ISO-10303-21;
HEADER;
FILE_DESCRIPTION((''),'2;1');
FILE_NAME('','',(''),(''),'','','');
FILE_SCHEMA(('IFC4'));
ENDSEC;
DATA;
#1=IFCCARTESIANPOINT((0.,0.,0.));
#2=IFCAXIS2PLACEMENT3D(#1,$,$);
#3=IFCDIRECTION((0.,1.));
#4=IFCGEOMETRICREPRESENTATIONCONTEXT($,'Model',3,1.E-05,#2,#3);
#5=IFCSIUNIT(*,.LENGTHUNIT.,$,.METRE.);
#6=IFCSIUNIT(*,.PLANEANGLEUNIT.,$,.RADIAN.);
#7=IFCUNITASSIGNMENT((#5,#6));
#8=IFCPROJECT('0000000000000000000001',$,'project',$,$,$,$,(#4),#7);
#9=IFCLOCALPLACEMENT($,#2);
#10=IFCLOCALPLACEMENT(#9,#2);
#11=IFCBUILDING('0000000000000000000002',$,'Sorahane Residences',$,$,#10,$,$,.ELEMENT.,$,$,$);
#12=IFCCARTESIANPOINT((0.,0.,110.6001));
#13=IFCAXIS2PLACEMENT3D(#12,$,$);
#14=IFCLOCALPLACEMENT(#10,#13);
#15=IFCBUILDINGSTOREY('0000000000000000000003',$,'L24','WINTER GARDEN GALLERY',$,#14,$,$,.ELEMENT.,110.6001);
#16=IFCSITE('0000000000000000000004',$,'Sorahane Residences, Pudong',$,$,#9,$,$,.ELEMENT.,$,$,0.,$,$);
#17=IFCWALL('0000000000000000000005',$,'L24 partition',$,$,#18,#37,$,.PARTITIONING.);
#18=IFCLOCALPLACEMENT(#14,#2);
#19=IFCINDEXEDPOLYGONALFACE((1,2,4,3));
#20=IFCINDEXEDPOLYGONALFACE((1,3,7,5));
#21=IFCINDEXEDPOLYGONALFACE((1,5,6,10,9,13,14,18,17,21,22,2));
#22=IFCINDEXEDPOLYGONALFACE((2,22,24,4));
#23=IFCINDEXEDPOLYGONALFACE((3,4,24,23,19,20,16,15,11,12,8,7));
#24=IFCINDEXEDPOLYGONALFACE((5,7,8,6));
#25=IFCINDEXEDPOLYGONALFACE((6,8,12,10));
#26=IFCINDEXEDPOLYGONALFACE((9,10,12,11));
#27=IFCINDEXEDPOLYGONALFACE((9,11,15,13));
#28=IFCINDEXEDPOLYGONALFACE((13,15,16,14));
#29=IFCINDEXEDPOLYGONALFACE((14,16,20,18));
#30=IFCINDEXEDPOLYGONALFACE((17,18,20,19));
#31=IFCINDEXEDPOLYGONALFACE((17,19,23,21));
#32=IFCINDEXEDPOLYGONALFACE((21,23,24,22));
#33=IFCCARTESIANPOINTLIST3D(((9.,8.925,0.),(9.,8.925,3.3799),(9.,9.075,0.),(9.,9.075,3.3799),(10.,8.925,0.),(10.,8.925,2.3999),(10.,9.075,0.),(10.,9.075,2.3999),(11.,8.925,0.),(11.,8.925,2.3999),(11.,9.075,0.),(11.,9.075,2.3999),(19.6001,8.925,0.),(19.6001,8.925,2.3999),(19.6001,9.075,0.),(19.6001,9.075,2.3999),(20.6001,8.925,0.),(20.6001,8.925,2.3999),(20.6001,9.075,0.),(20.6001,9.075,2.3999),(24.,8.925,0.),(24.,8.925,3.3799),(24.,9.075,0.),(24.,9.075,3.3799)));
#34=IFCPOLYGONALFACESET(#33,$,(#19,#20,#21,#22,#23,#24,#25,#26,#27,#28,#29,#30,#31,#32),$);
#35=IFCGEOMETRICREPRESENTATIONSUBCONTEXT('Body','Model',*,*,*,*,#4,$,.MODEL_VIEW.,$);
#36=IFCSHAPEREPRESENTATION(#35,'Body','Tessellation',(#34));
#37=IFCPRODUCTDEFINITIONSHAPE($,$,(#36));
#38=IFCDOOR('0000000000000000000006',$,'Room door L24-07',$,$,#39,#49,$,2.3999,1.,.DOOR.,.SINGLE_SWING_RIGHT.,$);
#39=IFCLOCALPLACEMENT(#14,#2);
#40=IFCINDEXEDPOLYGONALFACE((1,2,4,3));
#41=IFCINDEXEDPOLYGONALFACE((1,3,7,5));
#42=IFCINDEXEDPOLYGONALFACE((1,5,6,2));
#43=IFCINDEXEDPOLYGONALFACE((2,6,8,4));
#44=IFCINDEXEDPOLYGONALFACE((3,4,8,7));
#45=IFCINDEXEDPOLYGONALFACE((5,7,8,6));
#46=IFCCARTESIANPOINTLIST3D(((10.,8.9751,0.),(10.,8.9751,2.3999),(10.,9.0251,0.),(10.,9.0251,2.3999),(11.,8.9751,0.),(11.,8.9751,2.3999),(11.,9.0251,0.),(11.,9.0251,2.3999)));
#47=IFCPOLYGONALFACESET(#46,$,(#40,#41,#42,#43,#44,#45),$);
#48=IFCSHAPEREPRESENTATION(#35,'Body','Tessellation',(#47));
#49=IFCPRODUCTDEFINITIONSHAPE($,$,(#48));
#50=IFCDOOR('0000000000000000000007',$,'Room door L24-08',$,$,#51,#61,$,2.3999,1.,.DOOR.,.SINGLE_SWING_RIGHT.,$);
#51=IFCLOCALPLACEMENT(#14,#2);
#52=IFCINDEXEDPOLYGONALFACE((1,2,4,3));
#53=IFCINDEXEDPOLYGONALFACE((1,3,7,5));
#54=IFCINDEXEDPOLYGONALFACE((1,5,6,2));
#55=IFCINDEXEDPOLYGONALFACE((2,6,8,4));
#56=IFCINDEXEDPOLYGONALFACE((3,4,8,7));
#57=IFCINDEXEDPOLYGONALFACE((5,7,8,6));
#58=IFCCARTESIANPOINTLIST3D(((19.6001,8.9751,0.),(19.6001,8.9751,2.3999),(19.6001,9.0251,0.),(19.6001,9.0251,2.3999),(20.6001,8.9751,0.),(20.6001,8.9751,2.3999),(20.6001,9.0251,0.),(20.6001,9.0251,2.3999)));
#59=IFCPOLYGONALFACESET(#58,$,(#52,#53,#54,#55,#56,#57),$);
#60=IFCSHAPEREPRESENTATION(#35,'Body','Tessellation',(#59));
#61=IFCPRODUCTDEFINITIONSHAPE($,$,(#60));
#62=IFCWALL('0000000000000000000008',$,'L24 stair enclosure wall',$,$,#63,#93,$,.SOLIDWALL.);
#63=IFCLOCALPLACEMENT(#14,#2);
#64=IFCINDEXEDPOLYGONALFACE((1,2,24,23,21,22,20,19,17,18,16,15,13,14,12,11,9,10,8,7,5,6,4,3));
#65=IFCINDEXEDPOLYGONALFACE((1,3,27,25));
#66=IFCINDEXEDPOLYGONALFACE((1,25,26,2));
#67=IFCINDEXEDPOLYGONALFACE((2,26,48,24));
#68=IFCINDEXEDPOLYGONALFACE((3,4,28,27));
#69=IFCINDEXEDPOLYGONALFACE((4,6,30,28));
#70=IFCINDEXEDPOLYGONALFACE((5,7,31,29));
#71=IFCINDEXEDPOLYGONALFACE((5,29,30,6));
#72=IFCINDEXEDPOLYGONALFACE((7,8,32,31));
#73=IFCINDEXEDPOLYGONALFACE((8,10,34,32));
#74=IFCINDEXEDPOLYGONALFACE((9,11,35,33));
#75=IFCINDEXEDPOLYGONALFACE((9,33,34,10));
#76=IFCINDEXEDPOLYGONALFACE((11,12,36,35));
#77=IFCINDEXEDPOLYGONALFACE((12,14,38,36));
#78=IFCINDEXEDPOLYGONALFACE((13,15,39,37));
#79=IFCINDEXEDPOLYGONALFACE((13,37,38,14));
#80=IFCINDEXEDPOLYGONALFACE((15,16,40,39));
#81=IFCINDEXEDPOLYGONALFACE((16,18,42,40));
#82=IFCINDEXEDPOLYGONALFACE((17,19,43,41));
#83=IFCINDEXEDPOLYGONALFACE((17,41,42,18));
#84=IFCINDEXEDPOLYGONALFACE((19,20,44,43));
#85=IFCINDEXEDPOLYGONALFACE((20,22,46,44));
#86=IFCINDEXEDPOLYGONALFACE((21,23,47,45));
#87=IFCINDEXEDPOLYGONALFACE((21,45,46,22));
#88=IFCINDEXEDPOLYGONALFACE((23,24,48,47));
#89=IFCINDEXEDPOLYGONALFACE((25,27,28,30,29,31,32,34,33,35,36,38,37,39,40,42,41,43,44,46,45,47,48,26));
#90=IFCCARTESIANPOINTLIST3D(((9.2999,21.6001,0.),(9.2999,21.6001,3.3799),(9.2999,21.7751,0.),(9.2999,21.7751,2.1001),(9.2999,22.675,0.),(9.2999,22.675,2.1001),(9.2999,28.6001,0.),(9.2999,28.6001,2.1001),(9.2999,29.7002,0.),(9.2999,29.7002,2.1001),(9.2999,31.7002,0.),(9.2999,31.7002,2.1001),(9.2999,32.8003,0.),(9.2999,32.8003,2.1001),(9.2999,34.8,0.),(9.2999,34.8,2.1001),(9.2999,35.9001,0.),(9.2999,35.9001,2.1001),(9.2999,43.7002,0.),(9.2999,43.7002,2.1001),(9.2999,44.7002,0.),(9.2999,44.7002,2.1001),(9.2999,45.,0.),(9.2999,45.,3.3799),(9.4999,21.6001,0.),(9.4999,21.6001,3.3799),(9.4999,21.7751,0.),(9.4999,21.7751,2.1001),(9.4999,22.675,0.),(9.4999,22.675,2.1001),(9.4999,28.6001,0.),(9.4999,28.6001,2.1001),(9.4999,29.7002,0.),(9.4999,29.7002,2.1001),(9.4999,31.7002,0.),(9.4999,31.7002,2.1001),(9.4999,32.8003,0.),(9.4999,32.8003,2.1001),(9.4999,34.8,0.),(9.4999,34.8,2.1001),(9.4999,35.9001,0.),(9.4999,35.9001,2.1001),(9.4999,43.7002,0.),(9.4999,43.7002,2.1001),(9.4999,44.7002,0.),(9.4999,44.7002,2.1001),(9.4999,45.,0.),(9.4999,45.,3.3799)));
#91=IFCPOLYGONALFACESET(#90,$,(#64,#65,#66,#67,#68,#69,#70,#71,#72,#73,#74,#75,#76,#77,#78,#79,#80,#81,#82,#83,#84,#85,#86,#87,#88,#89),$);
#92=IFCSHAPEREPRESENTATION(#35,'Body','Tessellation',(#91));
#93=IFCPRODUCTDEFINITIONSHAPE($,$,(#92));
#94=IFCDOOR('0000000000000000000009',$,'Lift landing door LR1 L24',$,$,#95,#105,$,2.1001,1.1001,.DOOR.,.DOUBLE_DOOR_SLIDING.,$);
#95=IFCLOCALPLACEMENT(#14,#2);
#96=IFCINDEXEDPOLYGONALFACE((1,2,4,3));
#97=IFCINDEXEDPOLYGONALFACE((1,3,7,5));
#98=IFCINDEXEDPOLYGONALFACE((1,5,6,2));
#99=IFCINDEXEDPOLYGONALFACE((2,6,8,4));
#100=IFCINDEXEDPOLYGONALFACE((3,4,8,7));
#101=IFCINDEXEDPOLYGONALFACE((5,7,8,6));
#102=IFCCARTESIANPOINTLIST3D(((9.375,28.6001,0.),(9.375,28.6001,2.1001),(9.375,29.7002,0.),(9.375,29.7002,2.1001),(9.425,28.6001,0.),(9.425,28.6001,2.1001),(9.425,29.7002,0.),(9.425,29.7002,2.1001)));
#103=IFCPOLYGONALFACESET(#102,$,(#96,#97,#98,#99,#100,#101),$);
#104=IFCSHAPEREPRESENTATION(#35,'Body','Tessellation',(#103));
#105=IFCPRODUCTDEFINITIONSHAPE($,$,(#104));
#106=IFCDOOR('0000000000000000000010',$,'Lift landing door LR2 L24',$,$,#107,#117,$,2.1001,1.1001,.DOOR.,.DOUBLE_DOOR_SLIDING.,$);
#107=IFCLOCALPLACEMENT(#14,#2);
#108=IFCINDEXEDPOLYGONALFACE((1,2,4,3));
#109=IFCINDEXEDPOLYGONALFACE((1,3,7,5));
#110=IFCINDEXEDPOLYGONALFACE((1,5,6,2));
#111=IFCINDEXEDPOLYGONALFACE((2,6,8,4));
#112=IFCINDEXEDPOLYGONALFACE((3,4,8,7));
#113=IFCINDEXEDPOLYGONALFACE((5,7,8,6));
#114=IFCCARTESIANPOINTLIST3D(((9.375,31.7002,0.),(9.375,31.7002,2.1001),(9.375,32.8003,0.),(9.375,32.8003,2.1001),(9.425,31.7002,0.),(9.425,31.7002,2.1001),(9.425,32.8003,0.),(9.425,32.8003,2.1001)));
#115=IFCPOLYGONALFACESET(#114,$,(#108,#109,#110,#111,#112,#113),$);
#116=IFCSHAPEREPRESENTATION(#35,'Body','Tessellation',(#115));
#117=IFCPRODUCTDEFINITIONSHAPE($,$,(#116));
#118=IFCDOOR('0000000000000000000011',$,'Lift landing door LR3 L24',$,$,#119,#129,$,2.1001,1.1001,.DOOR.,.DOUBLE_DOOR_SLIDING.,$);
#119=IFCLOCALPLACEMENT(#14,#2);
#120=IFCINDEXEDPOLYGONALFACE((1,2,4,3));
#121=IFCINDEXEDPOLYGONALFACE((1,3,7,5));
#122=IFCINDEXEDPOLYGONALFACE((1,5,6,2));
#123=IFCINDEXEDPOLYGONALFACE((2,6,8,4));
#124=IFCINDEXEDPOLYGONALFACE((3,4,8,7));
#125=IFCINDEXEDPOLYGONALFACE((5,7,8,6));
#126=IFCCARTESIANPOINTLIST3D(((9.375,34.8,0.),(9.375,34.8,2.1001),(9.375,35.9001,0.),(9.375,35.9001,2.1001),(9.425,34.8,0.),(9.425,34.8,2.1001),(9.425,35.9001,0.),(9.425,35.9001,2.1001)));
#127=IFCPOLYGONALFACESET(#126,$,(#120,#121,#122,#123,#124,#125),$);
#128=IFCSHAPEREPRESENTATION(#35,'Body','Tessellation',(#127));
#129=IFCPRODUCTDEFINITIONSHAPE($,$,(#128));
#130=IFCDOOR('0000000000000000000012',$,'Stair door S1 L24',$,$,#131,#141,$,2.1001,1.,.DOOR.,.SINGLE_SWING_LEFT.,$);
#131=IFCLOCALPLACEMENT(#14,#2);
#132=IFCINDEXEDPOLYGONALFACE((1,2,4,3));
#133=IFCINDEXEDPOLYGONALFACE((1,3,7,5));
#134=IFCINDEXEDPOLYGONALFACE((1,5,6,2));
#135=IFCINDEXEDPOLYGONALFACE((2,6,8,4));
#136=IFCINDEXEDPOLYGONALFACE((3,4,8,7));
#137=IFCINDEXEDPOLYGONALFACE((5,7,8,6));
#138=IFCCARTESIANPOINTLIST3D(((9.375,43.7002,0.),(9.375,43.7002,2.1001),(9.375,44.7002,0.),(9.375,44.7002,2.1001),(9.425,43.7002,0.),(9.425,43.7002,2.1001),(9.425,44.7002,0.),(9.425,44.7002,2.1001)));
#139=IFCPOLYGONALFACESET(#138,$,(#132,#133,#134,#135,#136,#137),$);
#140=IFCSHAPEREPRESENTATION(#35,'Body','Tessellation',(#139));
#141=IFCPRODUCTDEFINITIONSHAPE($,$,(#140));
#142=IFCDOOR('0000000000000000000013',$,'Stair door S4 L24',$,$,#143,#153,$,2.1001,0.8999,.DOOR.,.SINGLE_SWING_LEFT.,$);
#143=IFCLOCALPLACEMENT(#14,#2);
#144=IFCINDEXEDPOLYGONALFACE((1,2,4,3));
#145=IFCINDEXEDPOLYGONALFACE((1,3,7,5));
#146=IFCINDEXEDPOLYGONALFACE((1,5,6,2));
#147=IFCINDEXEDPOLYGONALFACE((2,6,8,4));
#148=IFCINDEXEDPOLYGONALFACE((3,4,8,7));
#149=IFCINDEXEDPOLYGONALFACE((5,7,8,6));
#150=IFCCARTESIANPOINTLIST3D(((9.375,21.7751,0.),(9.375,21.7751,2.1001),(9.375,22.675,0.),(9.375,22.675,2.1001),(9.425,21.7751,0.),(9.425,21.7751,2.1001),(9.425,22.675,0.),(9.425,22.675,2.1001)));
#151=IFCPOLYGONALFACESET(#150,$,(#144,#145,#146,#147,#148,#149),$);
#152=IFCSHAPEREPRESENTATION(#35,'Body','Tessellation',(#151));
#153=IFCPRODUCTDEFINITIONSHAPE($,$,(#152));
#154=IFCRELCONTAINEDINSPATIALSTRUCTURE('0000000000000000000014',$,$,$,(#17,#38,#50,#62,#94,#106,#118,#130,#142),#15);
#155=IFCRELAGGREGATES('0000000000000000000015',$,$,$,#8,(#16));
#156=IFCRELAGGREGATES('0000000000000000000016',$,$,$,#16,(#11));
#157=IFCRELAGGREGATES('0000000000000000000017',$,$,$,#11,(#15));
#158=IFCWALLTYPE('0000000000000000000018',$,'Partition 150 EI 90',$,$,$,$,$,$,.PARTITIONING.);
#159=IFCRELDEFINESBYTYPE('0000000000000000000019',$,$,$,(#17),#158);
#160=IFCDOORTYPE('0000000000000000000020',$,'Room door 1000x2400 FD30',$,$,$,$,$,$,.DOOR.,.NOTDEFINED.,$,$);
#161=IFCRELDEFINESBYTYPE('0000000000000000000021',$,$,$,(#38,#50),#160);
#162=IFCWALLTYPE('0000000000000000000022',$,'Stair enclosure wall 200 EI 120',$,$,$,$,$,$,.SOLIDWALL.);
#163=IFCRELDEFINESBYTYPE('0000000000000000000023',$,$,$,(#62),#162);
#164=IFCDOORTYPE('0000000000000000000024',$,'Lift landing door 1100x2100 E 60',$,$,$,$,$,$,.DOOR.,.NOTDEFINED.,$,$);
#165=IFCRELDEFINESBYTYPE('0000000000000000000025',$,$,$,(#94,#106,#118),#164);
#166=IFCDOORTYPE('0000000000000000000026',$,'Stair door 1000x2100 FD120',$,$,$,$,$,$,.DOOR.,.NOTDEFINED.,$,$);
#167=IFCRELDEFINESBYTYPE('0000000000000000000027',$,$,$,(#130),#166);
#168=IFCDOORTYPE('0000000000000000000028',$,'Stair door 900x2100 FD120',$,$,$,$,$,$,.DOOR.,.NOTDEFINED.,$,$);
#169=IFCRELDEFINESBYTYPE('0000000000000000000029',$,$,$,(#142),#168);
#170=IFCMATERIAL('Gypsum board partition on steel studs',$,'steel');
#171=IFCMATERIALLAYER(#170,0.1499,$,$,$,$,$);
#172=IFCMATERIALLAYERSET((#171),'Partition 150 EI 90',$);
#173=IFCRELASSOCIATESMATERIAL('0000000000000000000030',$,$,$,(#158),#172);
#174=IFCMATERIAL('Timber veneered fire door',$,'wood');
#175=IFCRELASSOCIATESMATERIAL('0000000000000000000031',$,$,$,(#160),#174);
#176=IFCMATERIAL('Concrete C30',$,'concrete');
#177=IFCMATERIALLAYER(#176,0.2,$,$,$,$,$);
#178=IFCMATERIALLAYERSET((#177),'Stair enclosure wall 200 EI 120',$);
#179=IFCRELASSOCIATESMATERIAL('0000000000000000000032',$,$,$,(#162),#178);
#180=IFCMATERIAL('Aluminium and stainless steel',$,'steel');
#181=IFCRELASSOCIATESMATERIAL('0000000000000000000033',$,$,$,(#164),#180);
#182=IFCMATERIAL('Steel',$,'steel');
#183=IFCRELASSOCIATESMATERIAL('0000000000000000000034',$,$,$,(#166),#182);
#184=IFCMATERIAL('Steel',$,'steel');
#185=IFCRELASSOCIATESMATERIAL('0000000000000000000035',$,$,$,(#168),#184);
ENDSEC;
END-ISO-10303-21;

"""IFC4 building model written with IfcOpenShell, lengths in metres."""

from ifc_helpers import new_model, si_unit, direction, frame, frame_2d, origin, place, context, subcontext, project, spatial, rectangle, extrude, material, layer, layer_set, type_object, element, fill, save


model = new_model("IFC4")

# Units and contexts
model_context = context("Model", 3, precision=1e-05, world=origin(), true_north=direction((0.0, 1.0)))
body_context = subcontext(model_context, "Body", "Model", "MODEL_VIEW")
ifc_project = project(units=[si_unit("LENGTHUNIT", "METRE"), si_unit("PLANEANGLEUNIT", "RADIAN")], contexts=[model_context])

# Site, building, storey
site_placement = place(None, origin())
site = spatial("IfcSite", under=ifc_project, at=site_placement, Name="Sorahane Residences, Pudong", CompositionType="ELEMENT", RefElevation=0.0)
building_placement = place(site_placement, origin())
building = spatial("IfcBuilding", under=site, at=building_placement, Name="Sorahane Residences", CompositionType="ELEMENT")
storey_placement = place(building_placement, frame((0.0, 0.0, 110.6001)))
storey = spatial("IfcBuildingStorey", under=building, at=storey_placement, Name="L24", Description="WINTER GARDEN GALLERY", CompositionType="ELEMENT", Elevation=110.6001)

# Walls, openings, doors
ifc_material_1 = material(Name="Gypsum board partition on steel studs", Category="steel")
ifc_layer_1 = layer(ifc_material_1, 0.1499)
ifc_layer_set_1 = layer_set([ifc_layer_1], Name="Partition 150 EI 90")
wall_type_1 = type_object("IfcWallType", Name="Partition 150 EI 90", PredefinedType="PARTITIONING", material=ifc_layer_set_1)
wall_1_placement = place(storey_placement, frame((9.0, 9.0, 0.0), z_axis=(0.0, 0.0, 1.0), x_axis=(1.0, 0.0, 0.0)))
wall_1 = element("IfcWall", 1, at=wall_1_placement, inside=storey, type_object=wall_type_1, Name="L24 partition", PredefinedType="PARTITIONING", context=body_context, shape_type="SweptSolid", body=[
    extrude(rectangle(XDim=15.0, YDim=0.1499, at=frame_2d((7.5, 0.0))), origin(), (0.0, 0.0, 1.0), 3.3799),
])
opening_1_placement = place(wall_1_placement, frame((1.0, 0.0, 0.0)))
opening_1 = element("IfcOpeningElement", 2, at=opening_1_placement, cuts=wall_1, PredefinedType="OPENING", context=body_context, shape_type="SweptSolid", body=[
    extrude(rectangle(XDim=1.0, YDim=2.3999, at=frame_2d((0.5, 1.2))), frame((0.0, 0.085, 0.0), z_axis=(0.0, -1.0, 0.0), x_axis=(1.0, 0.0, 0.0)), (0.0, 0.0, 1.0), 0.1699),
])
opening_2_placement = place(wall_1_placement, frame((10.6001, 0.0, 0.0)))
opening_2 = element("IfcOpeningElement", 3, at=opening_2_placement, cuts=wall_1, PredefinedType="OPENING", context=body_context, shape_type="SweptSolid", body=[
    extrude(rectangle(XDim=1.0, YDim=2.3999, at=frame_2d((0.5, 1.2))), frame((0.0, 0.085, 0.0), z_axis=(0.0, -1.0, 0.0), x_axis=(1.0, 0.0, 0.0)), (0.0, 0.0, 1.0), 0.1699),
])
ifc_material_2 = material(Name="Timber veneered fire door", Category="wood")
door_type_1 = type_object("IfcDoorType", Name="Room door 1000x2400 FD30", OperationType="NOTDEFINED", PredefinedType="DOOR", material=ifc_material_2)
door_1_placement = place(opening_1_placement, frame((1.0, 0.0, 0.0), z_axis=(0.0, 0.0, 1.0), x_axis=(-1.0, 0.0, 0.0)))
door_1 = element("IfcDoor", 4, at=door_1_placement, inside=storey, type_object=door_type_1, Name="Room door L24-07", OperationType="SINGLE_SWING_RIGHT", OverallHeight=2.3999, OverallWidth=1.0, PredefinedType="DOOR", context=body_context, shape_type="SweptSolid", body=[
    extrude(rectangle(XDim=1.0, YDim=2.3999, at=frame_2d((0.5, 1.2))), frame((0.0, 0.0249, 0.0), z_axis=(0.0, -1.0, 0.0), x_axis=(1.0, 0.0, 0.0)), (0.0, 0.0, 1.0), 0.05),
])
fill(opening_1, door_1)
door_2_placement = place(opening_2_placement, frame((1.0, 0.0, 0.0), z_axis=(0.0, 0.0, 1.0), x_axis=(-1.0, 0.0, 0.0)))
door_2 = element("IfcDoor", 5, at=door_2_placement, inside=storey, type_object=door_type_1, Name="Room door L24-08", OperationType="SINGLE_SWING_RIGHT", OverallHeight=2.3999, OverallWidth=1.0, PredefinedType="DOOR", context=body_context, shape_type="SweptSolid", body=[
    extrude(rectangle(XDim=1.0, YDim=2.3999, at=frame_2d((0.5, 1.2))), frame((0.0, 0.0249, 0.0), z_axis=(0.0, -1.0, 0.0), x_axis=(1.0, 0.0, 0.0)), (0.0, 0.0, 1.0), 0.05),
])
fill(opening_2, door_2)
ifc_material_3 = material(Name="Concrete C30", Category="concrete")
ifc_layer_2 = layer(ifc_material_3, 0.2)
ifc_layer_set_2 = layer_set([ifc_layer_2], Name="Stair enclosure wall 200 EI 120")
wall_type_2 = type_object("IfcWallType", Name="Stair enclosure wall 200 EI 120", PredefinedType="SOLIDWALL", material=ifc_layer_set_2)
wall_2_placement = place(storey_placement, frame((9.3999, 21.6001, 0.0), z_axis=(0.0, 0.0, 1.0), x_axis=(0.0, 1.0, 0.0)))
wall_2 = element("IfcWall", 6, at=wall_2_placement, inside=storey, type_object=wall_type_2, Name="L24 stair enclosure wall", PredefinedType="SOLIDWALL", context=body_context, shape_type="SweptSolid", body=[
    extrude(rectangle(XDim=23.3999, YDim=0.2, at=frame_2d((11.7, 0.0))), origin(), (0.0, 0.0, 1.0), 3.3799),
])
opening_3_placement = place(wall_2_placement, frame((7.0, 0.0, 0.0)))
opening_3 = element("IfcOpeningElement", 7, at=opening_3_placement, cuts=wall_2, PredefinedType="OPENING", context=body_context, shape_type="SweptSolid", body=[
    extrude(rectangle(XDim=1.1001, YDim=2.1001, at=frame_2d((0.55, 1.05))), frame((0.0, 0.1099, 0.0), z_axis=(0.0, -1.0, 0.0), x_axis=(1.0, 0.0, 0.0)), (0.0, 0.0, 1.0), 0.22),
])
opening_4_placement = place(wall_2_placement, frame((10.1001, 0.0, 0.0)))
opening_4 = element("IfcOpeningElement", 8, at=opening_4_placement, cuts=wall_2, PredefinedType="OPENING", context=body_context, shape_type="SweptSolid", body=[
    extrude(rectangle(XDim=1.1001, YDim=2.1001, at=frame_2d((0.55, 1.05))), frame((0.0, 0.1099, 0.0), z_axis=(0.0, -1.0, 0.0), x_axis=(1.0, 0.0, 0.0)), (0.0, 0.0, 1.0), 0.22),
])
opening_5_placement = place(wall_2_placement, frame((13.2, 0.0, 0.0)))
opening_5 = element("IfcOpeningElement", 9, at=opening_5_placement, cuts=wall_2, PredefinedType="OPENING", context=body_context, shape_type="SweptSolid", body=[
    extrude(rectangle(XDim=1.1001, YDim=2.1001, at=frame_2d((0.55, 1.05))), frame((0.0, 0.1099, 0.0), z_axis=(0.0, -1.0, 0.0), x_axis=(1.0, 0.0, 0.0)), (0.0, 0.0, 1.0), 0.22),
])
opening_6_placement = place(wall_2_placement, frame((22.1001, 0.0, 0.0)))
opening_6 = element("IfcOpeningElement", 10, at=opening_6_placement, cuts=wall_2, PredefinedType="OPENING", context=body_context, shape_type="SweptSolid", body=[
    extrude(rectangle(XDim=1.0, YDim=2.1001, at=frame_2d((0.5, 1.05))), frame((0.0, 0.1099, 0.0), z_axis=(0.0, -1.0, 0.0), x_axis=(1.0, 0.0, 0.0)), (0.0, 0.0, 1.0), 0.22),
])
opening_7_placement = place(wall_2_placement, frame((0.175, 0.0, 0.0)))
opening_7 = element("IfcOpeningElement", 11, at=opening_7_placement, cuts=wall_2, PredefinedType="OPENING", context=body_context, shape_type="SweptSolid", body=[
    extrude(rectangle(XDim=0.8999, YDim=2.1001, at=frame_2d((0.45, 1.05))), frame((0.0, 0.1099, 0.0), z_axis=(0.0, -1.0, 0.0), x_axis=(1.0, 0.0, 0.0)), (0.0, 0.0, 1.0), 0.22),
])
ifc_material_4 = material(Name="Aluminium and stainless steel", Category="steel")
door_type_2 = type_object("IfcDoorType", Name="Lift landing door 1100x2100 E 60", OperationType="NOTDEFINED", PredefinedType="DOOR", material=ifc_material_4)
door_3_placement = place(opening_3_placement, origin())
door_3 = element("IfcDoor", 12, at=door_3_placement, inside=storey, type_object=door_type_2, Name="Lift landing door LR1 L24", OperationType="DOUBLE_DOOR_SLIDING", OverallHeight=2.1001, OverallWidth=1.1001, PredefinedType="DOOR", context=body_context, shape_type="SweptSolid", body=[
    extrude(rectangle(XDim=1.1001, YDim=2.1001, at=frame_2d((0.55, 1.05))), frame((0.0, 0.0249, 0.0), z_axis=(0.0, -1.0, 0.0), x_axis=(1.0, 0.0, 0.0)), (0.0, 0.0, 1.0), 0.05),
])
fill(opening_3, door_3)
door_4_placement = place(opening_4_placement, origin())
door_4 = element("IfcDoor", 13, at=door_4_placement, inside=storey, type_object=door_type_2, Name="Lift landing door LR2 L24", OperationType="DOUBLE_DOOR_SLIDING", OverallHeight=2.1001, OverallWidth=1.1001, PredefinedType="DOOR", context=body_context, shape_type="SweptSolid", body=[
    extrude(rectangle(XDim=1.1001, YDim=2.1001, at=frame_2d((0.55, 1.05))), frame((0.0, 0.0249, 0.0), z_axis=(0.0, -1.0, 0.0), x_axis=(1.0, 0.0, 0.0)), (0.0, 0.0, 1.0), 0.05),
])
fill(opening_4, door_4)
door_5_placement = place(opening_5_placement, origin())
door_5 = element("IfcDoor", 14, at=door_5_placement, inside=storey, type_object=door_type_2, Name="Lift landing door LR3 L24", OperationType="DOUBLE_DOOR_SLIDING", OverallHeight=2.1001, OverallWidth=1.1001, PredefinedType="DOOR", context=body_context, shape_type="SweptSolid", body=[
    extrude(rectangle(XDim=1.1001, YDim=2.1001, at=frame_2d((0.55, 1.05))), frame((0.0, 0.0249, 0.0), z_axis=(0.0, -1.0, 0.0), x_axis=(1.0, 0.0, 0.0)), (0.0, 0.0, 1.0), 0.05),
])
fill(opening_5, door_5)
ifc_material_5 = material(Name="Steel", Category="steel")
door_type_3 = type_object("IfcDoorType", Name="Stair door 1000x2100 FD120", OperationType="NOTDEFINED", PredefinedType="DOOR", material=ifc_material_5)
door_6_placement = place(opening_6_placement, origin())
door_6 = element("IfcDoor", 15, at=door_6_placement, inside=storey, type_object=door_type_3, Name="Stair door S1 L24", OperationType="SINGLE_SWING_LEFT", OverallHeight=2.1001, OverallWidth=1.0, PredefinedType="DOOR", context=body_context, shape_type="SweptSolid", body=[
    extrude(rectangle(XDim=1.0, YDim=2.1001, at=frame_2d((0.5, 1.05))), frame((0.0, 0.0249, 0.0), z_axis=(0.0, -1.0, 0.0), x_axis=(1.0, 0.0, 0.0)), (0.0, 0.0, 1.0), 0.05),
])
fill(opening_6, door_6)
ifc_material_6 = material(Name="Steel", Category="steel")
door_type_4 = type_object("IfcDoorType", Name="Stair door 900x2100 FD120", OperationType="NOTDEFINED", PredefinedType="DOOR", material=ifc_material_6)
door_7_placement = place(opening_7_placement, origin())
door_7 = element("IfcDoor", 16, at=door_7_placement, inside=storey, type_object=door_type_4, Name="Stair door S4 L24", OperationType="SINGLE_SWING_LEFT", OverallHeight=2.1001, OverallWidth=0.8999, PredefinedType="DOOR", context=body_context, shape_type="SweptSolid", body=[
    extrude(rectangle(XDim=0.8999, YDim=2.1001, at=frame_2d((0.45, 1.05))), frame((0.0, 0.0249, 0.0), z_axis=(0.0, -1.0, 0.0), x_axis=(1.0, 0.0, 0.0)), (0.0, 0.0, 1.0), 0.05),
])
fill(opening_7, door_7)

save(model, "model.ifc")
